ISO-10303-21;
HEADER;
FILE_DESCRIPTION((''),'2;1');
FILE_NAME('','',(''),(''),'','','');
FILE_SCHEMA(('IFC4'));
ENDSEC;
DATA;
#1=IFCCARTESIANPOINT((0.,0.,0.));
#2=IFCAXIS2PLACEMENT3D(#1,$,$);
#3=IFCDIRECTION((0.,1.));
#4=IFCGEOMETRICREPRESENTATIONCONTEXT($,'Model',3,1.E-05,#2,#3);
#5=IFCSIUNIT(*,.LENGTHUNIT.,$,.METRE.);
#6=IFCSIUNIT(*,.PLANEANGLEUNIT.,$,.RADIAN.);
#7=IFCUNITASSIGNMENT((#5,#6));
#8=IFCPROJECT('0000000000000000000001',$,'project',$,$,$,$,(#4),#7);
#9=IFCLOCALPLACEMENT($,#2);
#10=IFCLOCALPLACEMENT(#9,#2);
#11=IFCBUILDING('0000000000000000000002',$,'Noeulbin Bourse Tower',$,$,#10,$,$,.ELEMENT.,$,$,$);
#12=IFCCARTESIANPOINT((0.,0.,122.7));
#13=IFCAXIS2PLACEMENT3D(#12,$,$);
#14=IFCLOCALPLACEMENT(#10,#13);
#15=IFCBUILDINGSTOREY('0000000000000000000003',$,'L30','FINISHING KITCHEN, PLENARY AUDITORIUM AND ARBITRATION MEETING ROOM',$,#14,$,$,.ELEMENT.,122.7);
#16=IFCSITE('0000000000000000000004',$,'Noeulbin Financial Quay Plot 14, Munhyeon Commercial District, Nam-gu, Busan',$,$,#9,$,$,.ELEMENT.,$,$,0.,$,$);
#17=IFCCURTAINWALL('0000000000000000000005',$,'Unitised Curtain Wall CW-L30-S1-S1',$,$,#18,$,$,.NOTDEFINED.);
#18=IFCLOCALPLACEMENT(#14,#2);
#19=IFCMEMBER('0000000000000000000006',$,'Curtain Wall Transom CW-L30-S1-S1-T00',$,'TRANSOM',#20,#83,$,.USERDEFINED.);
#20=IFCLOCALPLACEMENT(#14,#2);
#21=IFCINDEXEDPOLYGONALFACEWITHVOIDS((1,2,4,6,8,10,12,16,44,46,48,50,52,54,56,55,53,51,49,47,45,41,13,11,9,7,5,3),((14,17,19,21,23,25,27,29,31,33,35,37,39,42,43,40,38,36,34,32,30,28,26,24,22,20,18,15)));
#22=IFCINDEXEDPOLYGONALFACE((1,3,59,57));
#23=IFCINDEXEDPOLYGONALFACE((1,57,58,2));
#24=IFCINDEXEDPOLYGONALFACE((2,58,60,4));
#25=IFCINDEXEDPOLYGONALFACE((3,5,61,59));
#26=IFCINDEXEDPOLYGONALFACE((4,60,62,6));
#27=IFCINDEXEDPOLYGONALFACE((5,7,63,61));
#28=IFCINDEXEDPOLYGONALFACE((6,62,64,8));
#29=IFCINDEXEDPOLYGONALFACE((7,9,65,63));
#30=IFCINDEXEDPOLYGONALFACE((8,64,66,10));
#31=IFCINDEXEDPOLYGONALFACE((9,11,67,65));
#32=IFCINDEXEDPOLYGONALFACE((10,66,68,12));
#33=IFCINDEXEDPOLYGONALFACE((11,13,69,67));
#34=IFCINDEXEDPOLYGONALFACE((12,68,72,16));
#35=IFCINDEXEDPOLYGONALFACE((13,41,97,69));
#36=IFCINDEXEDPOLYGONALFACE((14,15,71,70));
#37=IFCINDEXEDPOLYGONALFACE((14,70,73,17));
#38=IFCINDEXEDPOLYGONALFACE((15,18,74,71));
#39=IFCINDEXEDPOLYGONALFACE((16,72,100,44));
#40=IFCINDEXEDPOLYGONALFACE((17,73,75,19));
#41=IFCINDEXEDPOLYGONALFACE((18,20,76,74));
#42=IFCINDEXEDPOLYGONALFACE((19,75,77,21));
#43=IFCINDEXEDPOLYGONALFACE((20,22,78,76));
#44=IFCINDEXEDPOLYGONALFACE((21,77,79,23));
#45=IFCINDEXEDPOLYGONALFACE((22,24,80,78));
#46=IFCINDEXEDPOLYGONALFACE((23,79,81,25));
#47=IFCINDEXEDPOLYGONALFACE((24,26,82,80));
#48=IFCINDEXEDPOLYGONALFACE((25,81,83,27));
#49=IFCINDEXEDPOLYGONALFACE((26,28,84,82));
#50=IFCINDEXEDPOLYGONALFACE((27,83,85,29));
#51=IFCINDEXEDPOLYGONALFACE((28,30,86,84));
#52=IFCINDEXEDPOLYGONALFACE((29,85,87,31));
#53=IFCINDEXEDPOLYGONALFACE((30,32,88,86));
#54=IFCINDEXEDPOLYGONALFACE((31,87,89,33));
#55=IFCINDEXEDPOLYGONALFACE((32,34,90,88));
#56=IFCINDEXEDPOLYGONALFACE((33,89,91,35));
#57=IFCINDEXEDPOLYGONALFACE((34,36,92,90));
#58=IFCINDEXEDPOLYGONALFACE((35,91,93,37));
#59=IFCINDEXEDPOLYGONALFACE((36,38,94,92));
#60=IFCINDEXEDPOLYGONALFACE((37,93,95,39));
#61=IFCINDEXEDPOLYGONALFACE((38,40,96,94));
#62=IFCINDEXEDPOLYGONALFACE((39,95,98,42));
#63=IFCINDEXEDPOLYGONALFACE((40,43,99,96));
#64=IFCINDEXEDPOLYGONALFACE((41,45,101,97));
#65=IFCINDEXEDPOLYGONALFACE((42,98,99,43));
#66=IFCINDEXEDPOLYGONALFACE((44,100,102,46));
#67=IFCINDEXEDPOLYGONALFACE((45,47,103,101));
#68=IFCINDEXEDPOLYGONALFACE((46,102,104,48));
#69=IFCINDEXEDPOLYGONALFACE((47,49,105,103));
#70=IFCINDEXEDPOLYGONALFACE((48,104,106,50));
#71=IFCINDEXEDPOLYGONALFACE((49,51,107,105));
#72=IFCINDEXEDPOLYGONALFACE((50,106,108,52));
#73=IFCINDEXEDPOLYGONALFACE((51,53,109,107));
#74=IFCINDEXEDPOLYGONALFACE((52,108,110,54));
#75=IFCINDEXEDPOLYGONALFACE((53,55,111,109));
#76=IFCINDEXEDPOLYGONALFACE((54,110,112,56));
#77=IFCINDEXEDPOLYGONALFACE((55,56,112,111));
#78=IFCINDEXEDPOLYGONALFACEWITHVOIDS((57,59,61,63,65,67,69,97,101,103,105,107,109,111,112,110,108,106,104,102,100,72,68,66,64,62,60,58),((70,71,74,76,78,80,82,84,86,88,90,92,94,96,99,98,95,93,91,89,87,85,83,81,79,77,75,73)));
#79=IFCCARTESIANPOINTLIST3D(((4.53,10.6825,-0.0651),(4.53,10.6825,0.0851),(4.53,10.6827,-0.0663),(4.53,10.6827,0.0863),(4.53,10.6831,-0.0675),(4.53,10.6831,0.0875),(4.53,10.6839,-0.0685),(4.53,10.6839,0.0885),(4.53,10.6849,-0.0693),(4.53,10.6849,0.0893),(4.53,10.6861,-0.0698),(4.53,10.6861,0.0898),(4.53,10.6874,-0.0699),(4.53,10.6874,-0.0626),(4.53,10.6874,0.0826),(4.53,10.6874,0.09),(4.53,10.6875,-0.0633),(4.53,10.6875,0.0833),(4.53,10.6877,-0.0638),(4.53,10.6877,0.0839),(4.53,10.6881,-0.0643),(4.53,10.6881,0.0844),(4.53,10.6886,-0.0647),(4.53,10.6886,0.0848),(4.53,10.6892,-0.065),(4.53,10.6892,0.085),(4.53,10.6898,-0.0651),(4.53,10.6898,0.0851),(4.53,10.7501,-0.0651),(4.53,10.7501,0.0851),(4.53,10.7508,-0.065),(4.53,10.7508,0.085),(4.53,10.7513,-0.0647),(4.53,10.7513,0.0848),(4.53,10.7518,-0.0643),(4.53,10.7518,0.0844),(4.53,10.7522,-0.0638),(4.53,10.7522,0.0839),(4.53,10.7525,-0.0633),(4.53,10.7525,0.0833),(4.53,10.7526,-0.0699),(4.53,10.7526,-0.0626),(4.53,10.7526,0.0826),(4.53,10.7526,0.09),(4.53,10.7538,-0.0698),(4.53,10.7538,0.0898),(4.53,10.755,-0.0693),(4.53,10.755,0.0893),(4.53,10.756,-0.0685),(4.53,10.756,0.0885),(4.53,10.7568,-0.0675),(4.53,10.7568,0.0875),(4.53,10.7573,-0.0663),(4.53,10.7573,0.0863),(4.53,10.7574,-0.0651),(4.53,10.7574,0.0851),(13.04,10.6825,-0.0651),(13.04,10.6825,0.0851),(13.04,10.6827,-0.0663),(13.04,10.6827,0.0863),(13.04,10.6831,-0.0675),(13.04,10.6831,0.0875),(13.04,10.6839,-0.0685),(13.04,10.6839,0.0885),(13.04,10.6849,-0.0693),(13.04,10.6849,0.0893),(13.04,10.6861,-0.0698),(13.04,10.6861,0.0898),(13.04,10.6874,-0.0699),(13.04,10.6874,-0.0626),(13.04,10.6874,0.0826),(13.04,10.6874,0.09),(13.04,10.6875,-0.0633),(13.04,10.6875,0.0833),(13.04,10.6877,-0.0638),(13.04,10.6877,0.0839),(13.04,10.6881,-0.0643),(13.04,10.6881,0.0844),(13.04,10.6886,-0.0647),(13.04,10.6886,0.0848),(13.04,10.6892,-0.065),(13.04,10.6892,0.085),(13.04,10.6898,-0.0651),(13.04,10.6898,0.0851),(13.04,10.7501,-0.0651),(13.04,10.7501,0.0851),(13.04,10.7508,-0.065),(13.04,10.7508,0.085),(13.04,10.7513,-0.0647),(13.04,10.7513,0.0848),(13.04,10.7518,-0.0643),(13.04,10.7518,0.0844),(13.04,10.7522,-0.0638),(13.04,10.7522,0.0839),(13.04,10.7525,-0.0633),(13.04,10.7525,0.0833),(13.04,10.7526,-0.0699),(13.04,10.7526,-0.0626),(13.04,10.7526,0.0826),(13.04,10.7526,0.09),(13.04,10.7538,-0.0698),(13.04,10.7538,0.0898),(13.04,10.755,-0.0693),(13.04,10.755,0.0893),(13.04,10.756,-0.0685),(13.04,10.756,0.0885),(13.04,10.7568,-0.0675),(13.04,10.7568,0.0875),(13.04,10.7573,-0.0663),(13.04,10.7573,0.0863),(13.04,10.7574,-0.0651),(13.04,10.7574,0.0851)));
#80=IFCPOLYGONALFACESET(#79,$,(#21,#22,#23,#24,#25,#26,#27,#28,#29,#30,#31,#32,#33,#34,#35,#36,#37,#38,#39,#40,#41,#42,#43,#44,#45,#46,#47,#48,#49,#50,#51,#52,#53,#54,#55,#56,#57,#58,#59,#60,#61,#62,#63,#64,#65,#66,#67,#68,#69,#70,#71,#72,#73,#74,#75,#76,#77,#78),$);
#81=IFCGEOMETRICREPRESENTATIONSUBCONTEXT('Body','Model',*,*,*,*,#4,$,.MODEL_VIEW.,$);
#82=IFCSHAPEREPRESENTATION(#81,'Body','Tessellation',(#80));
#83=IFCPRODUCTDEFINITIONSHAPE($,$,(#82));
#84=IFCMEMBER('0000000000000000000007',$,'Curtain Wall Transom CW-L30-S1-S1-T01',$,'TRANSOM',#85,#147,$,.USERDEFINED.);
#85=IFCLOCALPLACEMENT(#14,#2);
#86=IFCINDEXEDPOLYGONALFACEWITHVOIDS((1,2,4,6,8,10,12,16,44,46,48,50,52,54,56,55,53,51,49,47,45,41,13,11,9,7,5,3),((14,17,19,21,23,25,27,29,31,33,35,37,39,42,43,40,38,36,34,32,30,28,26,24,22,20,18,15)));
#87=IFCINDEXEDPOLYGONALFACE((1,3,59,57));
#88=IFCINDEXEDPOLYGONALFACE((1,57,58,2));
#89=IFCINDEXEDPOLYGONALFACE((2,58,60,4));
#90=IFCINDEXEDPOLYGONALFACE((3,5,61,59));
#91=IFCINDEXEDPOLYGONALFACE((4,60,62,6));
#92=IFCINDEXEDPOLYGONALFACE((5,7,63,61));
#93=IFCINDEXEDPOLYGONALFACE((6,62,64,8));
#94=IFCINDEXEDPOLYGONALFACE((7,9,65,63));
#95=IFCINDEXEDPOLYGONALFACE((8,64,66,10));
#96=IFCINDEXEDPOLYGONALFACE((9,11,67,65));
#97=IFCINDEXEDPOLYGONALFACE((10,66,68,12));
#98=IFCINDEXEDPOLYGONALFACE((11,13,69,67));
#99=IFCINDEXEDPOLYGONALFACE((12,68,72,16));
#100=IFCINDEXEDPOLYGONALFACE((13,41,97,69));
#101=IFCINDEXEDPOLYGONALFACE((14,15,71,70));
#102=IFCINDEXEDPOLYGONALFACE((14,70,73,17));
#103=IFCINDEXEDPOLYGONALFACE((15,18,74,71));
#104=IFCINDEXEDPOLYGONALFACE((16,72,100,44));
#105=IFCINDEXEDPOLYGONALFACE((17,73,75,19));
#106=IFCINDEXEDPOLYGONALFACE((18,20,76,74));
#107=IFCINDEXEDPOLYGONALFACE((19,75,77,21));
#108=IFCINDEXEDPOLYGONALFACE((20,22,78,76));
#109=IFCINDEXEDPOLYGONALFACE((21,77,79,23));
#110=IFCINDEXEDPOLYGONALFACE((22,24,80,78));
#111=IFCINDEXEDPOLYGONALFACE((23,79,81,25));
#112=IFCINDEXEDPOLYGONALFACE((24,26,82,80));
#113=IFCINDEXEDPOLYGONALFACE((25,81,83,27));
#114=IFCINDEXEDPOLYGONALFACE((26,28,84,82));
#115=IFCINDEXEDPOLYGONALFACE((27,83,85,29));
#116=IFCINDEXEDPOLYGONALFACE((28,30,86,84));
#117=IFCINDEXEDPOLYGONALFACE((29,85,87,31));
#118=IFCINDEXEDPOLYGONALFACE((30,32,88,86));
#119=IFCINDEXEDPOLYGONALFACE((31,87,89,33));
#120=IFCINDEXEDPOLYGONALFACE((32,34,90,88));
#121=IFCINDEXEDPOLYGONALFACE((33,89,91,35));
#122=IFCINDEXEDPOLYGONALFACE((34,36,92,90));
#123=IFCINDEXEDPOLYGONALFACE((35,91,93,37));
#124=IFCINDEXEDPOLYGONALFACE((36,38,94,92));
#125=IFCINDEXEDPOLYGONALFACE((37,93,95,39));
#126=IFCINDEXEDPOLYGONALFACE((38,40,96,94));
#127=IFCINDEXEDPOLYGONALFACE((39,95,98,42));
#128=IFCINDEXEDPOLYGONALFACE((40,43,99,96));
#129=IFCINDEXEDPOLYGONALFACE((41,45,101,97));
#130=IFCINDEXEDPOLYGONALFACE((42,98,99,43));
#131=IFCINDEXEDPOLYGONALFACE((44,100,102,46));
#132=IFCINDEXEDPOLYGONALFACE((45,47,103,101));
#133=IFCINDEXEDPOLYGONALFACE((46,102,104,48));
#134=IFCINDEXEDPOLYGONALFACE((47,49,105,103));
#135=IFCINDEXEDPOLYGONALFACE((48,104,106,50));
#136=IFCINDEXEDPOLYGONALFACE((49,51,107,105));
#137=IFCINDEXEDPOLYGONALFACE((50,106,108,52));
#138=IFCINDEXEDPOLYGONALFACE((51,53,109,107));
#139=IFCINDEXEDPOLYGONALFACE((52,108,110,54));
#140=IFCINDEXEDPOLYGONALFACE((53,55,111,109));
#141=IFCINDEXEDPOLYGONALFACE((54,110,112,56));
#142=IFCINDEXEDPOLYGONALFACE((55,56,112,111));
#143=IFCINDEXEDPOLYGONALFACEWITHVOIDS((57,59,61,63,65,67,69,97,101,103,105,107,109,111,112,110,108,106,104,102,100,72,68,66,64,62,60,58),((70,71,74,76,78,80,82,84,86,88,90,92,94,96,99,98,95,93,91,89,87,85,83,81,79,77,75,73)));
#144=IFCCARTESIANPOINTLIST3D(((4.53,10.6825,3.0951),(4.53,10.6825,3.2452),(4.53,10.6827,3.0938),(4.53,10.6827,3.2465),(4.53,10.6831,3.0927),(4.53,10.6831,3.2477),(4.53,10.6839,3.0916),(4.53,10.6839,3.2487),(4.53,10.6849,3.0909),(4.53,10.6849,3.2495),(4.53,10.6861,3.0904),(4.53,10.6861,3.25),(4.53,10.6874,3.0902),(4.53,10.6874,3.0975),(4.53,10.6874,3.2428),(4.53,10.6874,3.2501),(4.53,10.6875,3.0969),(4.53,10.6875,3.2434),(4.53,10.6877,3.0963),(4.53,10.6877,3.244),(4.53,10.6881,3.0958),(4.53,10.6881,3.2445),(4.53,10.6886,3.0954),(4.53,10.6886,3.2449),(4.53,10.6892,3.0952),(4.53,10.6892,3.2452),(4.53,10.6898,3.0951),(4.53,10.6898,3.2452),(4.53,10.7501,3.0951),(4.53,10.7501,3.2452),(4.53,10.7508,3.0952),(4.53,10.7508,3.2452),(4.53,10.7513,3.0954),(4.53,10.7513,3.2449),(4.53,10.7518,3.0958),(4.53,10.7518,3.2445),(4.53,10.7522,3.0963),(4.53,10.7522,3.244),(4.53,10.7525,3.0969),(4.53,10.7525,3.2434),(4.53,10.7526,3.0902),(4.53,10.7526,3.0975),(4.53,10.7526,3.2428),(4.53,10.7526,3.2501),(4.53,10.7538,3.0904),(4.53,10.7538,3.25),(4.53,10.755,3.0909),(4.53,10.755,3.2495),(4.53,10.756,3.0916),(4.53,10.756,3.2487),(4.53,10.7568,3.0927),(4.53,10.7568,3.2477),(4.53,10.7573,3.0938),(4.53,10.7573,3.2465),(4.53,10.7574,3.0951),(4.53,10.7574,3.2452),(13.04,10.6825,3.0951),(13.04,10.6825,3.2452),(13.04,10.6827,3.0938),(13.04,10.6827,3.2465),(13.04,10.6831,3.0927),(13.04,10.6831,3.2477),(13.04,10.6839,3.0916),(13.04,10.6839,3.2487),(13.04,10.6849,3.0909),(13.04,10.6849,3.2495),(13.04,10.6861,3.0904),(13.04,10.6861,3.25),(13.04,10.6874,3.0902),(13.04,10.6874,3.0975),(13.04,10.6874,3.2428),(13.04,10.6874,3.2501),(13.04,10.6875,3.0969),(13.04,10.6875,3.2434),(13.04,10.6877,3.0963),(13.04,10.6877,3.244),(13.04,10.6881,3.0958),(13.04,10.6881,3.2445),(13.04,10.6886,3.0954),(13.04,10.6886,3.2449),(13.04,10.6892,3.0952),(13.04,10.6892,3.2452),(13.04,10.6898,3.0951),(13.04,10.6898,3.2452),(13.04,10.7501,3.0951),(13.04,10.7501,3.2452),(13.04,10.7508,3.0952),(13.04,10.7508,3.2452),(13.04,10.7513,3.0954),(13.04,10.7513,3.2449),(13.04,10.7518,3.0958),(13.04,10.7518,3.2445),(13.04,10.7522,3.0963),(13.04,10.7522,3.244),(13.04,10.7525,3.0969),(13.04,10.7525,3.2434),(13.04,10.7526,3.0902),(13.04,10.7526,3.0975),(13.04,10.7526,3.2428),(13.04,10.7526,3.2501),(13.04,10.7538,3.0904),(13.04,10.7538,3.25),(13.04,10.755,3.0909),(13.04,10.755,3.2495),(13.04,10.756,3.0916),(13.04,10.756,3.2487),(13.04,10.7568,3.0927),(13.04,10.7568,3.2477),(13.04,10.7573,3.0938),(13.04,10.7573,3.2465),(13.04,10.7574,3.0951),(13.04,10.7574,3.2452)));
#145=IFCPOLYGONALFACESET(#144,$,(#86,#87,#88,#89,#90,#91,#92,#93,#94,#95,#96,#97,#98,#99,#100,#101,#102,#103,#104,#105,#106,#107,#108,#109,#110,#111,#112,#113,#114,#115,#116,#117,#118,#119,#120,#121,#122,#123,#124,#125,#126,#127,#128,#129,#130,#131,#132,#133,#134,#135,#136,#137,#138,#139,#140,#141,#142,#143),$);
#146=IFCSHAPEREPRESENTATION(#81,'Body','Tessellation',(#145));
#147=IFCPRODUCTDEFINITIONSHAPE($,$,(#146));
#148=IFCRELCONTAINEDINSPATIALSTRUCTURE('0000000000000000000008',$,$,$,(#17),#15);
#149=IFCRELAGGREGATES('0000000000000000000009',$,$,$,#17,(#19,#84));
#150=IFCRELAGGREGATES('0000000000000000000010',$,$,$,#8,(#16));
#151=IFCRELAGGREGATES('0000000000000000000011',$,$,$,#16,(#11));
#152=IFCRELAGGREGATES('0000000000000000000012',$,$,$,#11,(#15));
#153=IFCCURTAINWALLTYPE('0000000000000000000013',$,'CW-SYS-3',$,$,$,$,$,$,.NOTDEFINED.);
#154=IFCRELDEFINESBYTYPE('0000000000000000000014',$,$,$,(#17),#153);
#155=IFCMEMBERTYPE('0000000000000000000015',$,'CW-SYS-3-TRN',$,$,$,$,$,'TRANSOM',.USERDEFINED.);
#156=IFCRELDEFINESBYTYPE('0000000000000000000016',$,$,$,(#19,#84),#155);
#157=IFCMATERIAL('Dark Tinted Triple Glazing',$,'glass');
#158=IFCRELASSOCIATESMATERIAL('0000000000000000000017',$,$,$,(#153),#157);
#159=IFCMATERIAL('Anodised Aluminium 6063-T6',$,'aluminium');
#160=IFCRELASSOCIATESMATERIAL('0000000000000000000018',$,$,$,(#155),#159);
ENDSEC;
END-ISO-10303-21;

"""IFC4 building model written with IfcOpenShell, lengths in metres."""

from ifc_helpers import new_model, si_unit, direction, frame, origin, origin_2d, place, context, subcontext, project, spatial, hollow_rectangle, extrude, material, material_profile, profile_set, type_object, element, aggregate, save


model = new_model("IFC4")

# Units and contexts
model_context = context("Model", 3, precision=1e-05, world=origin(), true_north=direction((0.0, 1.0)))
body_context = subcontext(model_context, "Body", "Model", "MODEL_VIEW")
ifc_project = project(units=[si_unit("LENGTHUNIT", "METRE"), si_unit("PLANEANGLEUNIT", "RADIAN")], contexts=[model_context])

# Site, building, storey
site_placement = place(None, origin())
site = spatial("IfcSite", under=ifc_project, at=site_placement, Name="Noeulbin Financial Quay Plot 14, Munhyeon Commercial District, Nam-gu, Busan", CompositionType="ELEMENT", RefElevation=0.0)
building_placement = place(site_placement, origin())
building = spatial("IfcBuilding", under=site, at=building_placement, Name="Noeulbin Bourse Tower", CompositionType="ELEMENT")
storey_placement = place(building_placement, frame((0.0, 0.0, 122.7)))
storey = spatial("IfcBuildingStorey", under=building, at=storey_placement, Name="L30", Description="FINISHING KITCHEN, PLENARY AUDITORIUM AND ARBITRATION MEETING ROOM", CompositionType="ELEMENT", Elevation=122.7)

# Curtain wall
ifc_material_1 = material(Name="Dark Tinted Triple Glazing", Category="glass")
curtain_wall_type = type_object("IfcCurtainWallType", Name="CW-SYS-3", PredefinedType="NOTDEFINED", material=ifc_material_1)
curtain_wall_1_placement = place(storey_placement, origin())
curtain_wall_1 = element("IfcCurtainWall", 1, at=curtain_wall_1_placement, inside=storey, type_object=curtain_wall_type, Name="Unitised Curtain Wall CW-L30-S1-S1", PredefinedType="NOTDEFINED")
ifc_material_2 = material(Name="Anodised Aluminium 6063-T6", Category="aluminium")

# Members
ifc_material_profile_1 = material_profile(ifc_material_2, hollow_rectangle(XDim=0.075, YDim=0.1599, WallThickness=0.0049, InnerFilletRadius=0.0024, OuterFilletRadius=0.0049, at=origin_2d()), Name="ALU-TRAN-75x160x5", Category="LoadBearing")
ifc_profile_set_1 = profile_set([ifc_material_profile_1], Name="Anodised Aluminium 6063-T6")
member_type_1 = type_object("IfcMemberType", Name="CW-SYS-3-TRN", ElementType="TRANSOM", PredefinedType="USERDEFINED", material=ifc_profile_set_1)
member_1_placement = place(storey_placement, frame((4.53, 10.72, 0.01), z_axis=(1.0, 0.0, 0.0), x_axis=(0.0, 1.0, 0.0)))
member_1 = element("IfcMember", 2, at=member_1_placement, type_object=member_type_1, Name="Curtain Wall Transom CW-L30-S1-S1-T00", ObjectType="TRANSOM", PredefinedType="USERDEFINED", context=body_context, shape_type="SweptSolid", body=[
    extrude(hollow_rectangle(XDim=0.075, YDim=0.1599, WallThickness=0.0049, InnerFilletRadius=0.0024, OuterFilletRadius=0.0049, at=origin_2d()), origin(), (0.0, 0.0, 1.0), 8.51),
])
member_2_placement = place(storey_placement, frame((4.53, 10.72, 3.1702), z_axis=(1.0, 0.0, 0.0), x_axis=(0.0, 1.0, 0.0)))
member_2 = element("IfcMember", 3, at=member_2_placement, type_object=member_type_1, Name="Curtain Wall Transom CW-L30-S1-S1-T01", ObjectType="TRANSOM", PredefinedType="USERDEFINED", context=body_context, shape_type="SweptSolid", body=[
    extrude(hollow_rectangle(XDim=0.075, YDim=0.1599, WallThickness=0.0049, InnerFilletRadius=0.0024, OuterFilletRadius=0.0049, at=origin_2d()), origin(), (0.0, 0.0, 1.0), 8.51),
])

aggregate(curtain_wall_1, [member_1, member_2])

save(model, "model.ifc")
